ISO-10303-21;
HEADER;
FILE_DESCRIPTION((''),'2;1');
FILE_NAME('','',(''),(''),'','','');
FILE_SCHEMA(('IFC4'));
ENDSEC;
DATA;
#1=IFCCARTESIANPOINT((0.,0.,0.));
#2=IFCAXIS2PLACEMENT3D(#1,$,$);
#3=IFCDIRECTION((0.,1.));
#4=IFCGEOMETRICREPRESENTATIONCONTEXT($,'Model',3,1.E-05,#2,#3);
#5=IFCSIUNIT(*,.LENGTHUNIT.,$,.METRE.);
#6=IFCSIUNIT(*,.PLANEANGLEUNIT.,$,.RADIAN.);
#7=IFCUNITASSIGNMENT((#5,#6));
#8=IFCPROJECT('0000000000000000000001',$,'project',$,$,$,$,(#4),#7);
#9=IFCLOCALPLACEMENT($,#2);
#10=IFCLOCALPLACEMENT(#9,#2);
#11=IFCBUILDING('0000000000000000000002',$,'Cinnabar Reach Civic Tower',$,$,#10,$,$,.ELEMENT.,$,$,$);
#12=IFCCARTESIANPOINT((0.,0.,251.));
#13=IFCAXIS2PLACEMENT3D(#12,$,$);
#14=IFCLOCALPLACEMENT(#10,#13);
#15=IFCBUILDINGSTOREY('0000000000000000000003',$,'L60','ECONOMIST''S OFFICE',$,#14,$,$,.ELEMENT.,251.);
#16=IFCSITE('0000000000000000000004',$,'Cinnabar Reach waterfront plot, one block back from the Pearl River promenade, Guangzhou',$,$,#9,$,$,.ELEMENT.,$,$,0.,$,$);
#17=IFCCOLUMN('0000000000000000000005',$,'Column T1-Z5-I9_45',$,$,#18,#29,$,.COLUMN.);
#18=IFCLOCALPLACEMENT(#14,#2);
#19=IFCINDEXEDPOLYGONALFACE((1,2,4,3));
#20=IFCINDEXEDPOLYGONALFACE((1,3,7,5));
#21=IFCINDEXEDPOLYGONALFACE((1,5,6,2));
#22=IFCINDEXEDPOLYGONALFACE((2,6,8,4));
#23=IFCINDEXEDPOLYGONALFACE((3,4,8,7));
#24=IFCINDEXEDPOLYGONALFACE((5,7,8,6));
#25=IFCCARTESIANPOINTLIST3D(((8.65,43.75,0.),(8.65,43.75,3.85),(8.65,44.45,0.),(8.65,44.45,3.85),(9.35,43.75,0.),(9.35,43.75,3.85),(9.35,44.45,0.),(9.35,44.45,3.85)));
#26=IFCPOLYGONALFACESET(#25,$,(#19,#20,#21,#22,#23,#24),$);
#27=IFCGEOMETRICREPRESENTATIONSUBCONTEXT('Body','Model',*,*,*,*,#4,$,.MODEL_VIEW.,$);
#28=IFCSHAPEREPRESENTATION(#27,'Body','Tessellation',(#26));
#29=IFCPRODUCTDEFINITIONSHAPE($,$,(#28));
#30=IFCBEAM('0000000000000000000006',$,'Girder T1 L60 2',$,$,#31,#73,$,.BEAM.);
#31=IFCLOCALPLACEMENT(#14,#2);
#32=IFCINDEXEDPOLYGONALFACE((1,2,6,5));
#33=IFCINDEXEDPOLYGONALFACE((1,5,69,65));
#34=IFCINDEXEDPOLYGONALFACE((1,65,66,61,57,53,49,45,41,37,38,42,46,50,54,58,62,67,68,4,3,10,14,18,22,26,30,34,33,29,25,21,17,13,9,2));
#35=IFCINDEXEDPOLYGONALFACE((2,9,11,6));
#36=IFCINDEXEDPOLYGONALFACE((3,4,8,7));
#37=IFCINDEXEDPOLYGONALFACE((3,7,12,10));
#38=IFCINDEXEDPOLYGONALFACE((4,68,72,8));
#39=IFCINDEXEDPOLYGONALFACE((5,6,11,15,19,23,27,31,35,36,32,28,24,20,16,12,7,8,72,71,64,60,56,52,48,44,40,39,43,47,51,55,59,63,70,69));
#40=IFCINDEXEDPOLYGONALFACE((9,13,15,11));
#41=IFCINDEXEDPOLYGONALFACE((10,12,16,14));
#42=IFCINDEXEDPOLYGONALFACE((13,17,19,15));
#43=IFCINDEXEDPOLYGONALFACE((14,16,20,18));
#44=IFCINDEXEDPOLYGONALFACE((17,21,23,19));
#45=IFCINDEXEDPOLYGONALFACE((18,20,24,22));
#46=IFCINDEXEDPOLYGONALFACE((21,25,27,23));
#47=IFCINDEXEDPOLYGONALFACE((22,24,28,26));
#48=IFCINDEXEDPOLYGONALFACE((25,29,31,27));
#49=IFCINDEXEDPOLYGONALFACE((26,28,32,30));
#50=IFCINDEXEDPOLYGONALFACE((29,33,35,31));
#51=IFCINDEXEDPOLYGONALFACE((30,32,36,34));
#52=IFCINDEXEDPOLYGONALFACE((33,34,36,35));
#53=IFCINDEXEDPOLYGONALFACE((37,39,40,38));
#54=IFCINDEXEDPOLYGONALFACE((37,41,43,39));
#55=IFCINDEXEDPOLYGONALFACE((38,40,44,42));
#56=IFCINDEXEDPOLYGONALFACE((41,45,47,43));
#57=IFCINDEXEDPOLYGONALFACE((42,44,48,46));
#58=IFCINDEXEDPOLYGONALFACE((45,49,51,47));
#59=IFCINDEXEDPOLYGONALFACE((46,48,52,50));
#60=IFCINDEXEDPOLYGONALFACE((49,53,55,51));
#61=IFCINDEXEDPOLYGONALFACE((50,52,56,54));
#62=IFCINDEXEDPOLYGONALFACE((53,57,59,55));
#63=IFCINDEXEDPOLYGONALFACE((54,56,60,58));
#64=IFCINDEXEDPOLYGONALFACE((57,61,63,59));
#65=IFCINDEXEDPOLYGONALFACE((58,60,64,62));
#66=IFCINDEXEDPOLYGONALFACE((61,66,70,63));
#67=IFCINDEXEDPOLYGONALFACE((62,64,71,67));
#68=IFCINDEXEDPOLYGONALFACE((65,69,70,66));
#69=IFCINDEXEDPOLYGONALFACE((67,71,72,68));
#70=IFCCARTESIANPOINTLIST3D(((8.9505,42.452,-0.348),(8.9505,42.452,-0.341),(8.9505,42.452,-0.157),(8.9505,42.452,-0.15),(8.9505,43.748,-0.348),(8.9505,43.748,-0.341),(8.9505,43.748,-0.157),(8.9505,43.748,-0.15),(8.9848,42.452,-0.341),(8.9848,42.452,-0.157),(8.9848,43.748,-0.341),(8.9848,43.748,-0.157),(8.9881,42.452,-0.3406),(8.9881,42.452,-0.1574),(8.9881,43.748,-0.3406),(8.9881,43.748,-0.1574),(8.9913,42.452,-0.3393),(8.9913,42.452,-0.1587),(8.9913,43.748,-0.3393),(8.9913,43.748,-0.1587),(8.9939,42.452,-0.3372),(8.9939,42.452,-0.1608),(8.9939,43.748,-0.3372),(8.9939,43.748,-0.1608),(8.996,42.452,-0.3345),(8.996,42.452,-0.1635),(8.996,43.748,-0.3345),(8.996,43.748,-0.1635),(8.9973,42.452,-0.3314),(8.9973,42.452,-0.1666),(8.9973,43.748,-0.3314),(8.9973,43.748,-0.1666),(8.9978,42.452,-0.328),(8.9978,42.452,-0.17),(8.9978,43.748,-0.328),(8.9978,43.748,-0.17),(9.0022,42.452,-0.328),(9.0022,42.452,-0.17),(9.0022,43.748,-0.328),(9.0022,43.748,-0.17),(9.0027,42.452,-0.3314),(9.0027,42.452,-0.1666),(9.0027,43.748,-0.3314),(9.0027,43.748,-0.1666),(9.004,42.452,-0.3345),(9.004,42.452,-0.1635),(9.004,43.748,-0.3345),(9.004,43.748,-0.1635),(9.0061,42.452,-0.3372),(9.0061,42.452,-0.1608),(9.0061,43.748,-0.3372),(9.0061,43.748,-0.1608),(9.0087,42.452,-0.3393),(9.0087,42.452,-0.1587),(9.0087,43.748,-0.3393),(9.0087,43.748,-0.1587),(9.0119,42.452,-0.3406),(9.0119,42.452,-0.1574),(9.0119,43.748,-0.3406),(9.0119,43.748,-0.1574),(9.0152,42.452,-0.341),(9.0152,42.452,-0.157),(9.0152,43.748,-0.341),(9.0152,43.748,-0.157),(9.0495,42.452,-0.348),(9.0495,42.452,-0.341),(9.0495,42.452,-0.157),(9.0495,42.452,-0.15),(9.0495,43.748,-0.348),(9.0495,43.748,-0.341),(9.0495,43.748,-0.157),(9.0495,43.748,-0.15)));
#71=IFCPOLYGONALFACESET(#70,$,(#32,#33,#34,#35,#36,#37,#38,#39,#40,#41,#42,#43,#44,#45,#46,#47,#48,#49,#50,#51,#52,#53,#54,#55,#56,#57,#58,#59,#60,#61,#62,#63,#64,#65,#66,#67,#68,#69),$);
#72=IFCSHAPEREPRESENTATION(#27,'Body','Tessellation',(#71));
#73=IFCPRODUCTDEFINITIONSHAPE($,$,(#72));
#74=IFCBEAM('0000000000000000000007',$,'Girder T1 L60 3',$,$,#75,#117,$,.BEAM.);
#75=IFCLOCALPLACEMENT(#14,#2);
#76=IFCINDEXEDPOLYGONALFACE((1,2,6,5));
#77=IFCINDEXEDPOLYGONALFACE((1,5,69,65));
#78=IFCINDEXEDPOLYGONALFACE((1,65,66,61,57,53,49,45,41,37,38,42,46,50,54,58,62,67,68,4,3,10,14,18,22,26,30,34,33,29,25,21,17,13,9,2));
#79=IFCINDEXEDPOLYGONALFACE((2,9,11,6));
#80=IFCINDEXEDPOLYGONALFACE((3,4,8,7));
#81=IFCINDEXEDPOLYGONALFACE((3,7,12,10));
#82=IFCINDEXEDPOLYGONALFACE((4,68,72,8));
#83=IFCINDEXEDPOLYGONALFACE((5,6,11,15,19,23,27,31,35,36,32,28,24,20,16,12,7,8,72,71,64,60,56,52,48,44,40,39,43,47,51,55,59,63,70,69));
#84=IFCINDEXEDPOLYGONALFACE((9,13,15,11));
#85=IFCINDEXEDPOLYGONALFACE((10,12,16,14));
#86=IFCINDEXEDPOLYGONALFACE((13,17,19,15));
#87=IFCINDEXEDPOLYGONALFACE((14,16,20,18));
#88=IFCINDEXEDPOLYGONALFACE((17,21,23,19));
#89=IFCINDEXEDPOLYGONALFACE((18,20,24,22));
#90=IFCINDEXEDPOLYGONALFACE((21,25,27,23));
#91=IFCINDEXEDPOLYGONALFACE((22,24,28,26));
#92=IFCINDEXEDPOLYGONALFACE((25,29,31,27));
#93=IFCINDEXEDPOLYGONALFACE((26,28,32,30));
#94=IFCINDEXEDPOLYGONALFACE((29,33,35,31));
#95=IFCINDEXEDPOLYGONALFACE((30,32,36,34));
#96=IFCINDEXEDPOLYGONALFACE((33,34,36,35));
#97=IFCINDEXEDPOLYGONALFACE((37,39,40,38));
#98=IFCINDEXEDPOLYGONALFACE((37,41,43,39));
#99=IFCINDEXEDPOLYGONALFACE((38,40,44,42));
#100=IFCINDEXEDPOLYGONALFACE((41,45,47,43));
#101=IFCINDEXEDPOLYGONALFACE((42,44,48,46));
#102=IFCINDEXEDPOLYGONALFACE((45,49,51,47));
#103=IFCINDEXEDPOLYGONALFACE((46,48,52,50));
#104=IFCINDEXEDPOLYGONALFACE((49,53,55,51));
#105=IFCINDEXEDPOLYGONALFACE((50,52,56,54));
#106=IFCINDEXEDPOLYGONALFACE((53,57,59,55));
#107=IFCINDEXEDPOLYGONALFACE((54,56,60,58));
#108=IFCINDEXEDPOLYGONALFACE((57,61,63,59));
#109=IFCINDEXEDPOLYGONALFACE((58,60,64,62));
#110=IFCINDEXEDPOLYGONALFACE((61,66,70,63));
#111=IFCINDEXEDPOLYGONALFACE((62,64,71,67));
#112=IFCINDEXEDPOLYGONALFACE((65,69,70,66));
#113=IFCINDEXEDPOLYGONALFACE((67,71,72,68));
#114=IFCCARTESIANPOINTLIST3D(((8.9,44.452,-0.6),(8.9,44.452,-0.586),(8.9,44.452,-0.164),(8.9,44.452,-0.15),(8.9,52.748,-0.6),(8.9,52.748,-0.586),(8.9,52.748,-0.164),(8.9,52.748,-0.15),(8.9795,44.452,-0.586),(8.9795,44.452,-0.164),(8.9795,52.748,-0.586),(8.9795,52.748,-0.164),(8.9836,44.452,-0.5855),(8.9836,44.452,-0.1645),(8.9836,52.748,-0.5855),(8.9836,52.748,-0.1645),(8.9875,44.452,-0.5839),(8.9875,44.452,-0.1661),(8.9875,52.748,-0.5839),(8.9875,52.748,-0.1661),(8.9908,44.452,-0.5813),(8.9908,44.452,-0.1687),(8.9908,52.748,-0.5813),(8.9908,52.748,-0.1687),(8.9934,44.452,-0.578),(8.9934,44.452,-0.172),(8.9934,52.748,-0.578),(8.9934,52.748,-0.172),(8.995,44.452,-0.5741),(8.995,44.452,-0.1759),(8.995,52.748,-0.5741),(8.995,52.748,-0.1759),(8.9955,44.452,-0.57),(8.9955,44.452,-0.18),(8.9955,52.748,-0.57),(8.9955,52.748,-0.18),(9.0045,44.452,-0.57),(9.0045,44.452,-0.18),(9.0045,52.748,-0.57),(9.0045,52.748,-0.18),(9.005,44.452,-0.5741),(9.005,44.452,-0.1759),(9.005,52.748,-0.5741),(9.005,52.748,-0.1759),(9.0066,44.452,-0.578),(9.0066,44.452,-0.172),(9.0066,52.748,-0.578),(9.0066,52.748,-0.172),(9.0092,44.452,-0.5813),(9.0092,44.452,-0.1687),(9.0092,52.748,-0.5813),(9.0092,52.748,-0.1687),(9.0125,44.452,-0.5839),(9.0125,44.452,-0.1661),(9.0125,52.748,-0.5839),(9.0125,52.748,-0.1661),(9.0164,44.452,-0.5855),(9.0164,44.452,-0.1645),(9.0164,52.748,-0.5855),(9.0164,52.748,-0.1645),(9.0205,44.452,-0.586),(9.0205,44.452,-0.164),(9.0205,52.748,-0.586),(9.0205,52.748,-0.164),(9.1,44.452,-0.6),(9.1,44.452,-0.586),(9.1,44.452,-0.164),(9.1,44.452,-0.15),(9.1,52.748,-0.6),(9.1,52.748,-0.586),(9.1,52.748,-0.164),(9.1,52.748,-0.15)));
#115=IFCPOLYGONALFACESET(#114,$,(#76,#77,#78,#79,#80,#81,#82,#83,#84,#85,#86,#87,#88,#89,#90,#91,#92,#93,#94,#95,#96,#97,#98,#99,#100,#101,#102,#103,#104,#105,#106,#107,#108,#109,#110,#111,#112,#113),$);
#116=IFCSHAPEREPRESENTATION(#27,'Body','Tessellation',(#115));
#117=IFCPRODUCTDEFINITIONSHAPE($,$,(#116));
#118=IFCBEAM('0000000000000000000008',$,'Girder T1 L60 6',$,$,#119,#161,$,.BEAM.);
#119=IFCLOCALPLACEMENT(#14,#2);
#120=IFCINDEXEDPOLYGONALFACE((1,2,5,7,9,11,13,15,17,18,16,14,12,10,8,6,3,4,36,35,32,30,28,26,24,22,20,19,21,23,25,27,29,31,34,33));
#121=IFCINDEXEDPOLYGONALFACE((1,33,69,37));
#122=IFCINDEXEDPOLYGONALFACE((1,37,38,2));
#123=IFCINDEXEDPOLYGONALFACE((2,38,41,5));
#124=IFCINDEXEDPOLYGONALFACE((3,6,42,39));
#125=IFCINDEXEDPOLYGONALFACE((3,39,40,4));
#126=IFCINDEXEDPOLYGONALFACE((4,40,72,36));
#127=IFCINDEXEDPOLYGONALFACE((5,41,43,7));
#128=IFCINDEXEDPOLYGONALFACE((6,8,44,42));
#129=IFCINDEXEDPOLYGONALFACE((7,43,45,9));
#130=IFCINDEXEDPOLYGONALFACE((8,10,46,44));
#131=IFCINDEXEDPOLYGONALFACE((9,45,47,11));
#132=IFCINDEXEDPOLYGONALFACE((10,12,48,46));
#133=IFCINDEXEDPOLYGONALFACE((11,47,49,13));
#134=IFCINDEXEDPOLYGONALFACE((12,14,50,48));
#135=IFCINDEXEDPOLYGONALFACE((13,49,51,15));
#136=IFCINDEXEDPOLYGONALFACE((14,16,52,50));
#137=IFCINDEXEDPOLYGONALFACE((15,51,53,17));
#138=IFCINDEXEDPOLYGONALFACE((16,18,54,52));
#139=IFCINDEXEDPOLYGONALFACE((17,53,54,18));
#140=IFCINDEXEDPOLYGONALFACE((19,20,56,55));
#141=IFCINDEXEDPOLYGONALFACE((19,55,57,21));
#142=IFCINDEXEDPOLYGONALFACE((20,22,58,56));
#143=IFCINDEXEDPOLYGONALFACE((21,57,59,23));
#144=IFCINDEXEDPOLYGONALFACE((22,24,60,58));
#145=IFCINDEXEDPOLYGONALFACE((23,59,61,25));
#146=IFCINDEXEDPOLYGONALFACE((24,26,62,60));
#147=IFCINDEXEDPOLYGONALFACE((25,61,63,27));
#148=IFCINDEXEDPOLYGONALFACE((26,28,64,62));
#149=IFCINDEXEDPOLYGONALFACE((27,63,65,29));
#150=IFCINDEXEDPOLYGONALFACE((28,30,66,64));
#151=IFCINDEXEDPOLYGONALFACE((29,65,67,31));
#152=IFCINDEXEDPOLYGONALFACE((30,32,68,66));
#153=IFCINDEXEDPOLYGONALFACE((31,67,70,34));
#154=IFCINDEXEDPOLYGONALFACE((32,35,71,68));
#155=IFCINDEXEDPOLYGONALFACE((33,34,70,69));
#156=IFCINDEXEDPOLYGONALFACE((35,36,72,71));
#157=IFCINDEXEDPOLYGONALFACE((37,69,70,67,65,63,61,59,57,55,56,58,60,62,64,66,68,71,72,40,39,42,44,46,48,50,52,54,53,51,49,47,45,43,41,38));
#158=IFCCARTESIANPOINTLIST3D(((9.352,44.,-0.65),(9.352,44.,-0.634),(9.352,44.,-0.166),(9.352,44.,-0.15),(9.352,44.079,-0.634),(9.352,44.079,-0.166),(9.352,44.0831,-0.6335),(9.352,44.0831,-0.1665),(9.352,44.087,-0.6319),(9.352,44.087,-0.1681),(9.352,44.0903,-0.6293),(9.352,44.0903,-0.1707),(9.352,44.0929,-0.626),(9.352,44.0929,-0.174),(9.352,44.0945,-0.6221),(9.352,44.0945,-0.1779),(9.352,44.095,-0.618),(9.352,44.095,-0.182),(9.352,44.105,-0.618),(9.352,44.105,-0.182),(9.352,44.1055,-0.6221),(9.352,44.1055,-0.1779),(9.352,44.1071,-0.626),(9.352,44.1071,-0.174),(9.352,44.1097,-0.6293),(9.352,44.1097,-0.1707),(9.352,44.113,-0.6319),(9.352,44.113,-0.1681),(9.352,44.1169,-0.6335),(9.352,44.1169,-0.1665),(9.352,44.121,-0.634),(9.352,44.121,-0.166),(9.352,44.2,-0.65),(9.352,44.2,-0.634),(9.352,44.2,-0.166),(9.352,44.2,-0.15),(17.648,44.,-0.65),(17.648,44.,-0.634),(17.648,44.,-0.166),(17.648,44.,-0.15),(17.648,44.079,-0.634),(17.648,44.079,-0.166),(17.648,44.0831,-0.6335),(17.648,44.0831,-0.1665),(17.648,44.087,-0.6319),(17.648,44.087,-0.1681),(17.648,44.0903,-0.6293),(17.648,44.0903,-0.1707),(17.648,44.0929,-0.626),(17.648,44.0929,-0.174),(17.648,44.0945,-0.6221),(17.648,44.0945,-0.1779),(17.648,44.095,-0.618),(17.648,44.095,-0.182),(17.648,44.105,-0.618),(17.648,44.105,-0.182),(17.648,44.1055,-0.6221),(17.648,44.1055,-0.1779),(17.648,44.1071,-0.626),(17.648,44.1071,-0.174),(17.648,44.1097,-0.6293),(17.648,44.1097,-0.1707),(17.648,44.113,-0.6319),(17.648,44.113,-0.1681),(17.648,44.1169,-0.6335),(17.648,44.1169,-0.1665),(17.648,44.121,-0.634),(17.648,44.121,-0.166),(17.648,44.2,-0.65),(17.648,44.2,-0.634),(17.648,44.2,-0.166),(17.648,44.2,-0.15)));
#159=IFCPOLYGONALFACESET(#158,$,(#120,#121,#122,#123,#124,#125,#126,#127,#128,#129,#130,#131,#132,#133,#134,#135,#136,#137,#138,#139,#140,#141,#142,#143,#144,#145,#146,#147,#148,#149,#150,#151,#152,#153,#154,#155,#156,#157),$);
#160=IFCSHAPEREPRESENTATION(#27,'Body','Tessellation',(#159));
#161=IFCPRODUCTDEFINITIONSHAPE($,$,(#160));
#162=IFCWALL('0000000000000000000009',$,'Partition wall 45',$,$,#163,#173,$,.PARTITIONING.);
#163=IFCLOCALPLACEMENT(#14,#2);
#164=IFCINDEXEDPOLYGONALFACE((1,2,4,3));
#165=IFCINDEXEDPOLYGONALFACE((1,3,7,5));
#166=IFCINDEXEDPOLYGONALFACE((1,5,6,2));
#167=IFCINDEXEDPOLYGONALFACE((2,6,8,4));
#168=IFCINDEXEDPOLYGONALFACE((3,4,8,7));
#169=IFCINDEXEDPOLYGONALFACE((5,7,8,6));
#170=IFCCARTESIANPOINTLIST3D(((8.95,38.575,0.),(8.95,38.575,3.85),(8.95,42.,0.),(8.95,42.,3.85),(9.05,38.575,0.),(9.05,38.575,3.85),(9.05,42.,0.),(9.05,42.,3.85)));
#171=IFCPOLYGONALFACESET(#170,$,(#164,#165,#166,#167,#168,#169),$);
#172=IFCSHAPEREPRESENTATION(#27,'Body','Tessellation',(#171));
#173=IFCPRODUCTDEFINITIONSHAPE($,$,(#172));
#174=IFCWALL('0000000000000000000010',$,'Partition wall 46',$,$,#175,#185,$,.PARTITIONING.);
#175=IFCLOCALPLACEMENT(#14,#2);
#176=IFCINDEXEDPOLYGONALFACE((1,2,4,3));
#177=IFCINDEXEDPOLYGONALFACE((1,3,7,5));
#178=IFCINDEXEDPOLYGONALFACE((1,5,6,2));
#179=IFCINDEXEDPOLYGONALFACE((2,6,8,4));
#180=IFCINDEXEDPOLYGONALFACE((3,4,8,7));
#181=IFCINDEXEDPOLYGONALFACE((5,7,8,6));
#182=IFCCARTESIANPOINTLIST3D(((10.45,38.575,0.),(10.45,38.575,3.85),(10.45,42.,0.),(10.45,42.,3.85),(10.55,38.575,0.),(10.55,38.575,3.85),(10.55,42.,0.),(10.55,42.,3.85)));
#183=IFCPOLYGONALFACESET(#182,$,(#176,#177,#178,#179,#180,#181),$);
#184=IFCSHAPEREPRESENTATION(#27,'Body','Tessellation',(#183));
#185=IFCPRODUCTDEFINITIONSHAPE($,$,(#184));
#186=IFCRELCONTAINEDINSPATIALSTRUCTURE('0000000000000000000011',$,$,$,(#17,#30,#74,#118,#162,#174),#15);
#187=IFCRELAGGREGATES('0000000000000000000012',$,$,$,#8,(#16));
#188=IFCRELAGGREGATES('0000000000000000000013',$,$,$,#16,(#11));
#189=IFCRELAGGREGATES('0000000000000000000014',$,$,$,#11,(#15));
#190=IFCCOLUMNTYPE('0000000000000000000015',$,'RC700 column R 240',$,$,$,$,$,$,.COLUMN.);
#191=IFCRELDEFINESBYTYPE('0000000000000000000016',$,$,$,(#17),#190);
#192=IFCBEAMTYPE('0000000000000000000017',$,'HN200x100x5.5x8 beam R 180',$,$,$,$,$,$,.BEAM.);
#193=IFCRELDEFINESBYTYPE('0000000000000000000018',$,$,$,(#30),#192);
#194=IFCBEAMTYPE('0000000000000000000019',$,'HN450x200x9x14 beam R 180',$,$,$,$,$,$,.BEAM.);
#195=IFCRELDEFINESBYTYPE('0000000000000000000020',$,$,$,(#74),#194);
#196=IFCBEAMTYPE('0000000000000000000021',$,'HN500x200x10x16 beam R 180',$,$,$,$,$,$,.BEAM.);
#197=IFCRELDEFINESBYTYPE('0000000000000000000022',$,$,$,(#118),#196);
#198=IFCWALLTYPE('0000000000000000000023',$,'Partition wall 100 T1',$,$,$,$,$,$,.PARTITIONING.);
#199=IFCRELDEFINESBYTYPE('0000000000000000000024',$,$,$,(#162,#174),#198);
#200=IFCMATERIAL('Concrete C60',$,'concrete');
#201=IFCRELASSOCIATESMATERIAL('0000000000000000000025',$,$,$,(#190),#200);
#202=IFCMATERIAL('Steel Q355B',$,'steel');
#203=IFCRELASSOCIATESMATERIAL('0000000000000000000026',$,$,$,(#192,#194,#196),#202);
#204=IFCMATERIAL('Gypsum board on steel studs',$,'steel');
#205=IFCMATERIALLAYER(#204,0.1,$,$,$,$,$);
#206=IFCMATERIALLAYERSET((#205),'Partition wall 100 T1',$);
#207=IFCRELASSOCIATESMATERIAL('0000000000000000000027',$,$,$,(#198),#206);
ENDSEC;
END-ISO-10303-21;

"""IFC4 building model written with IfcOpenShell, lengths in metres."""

from ifc_helpers import new_model, si_unit, direction, frame, frame_2d, origin, origin_2d, place, context, subcontext, project, spatial, rectangle, i_section, extrude, material, layer, layer_set, material_profile, profile_set, type_object, element, save


model = new_model("IFC4")

# Units and contexts
model_context = context("Model", 3, precision=1e-05, world=origin(), true_north=direction((0.0, 1.0)))
body_context = subcontext(model_context, "Body", "Model", "MODEL_VIEW")
ifc_project = project(units=[si_unit("LENGTHUNIT", "METRE"), si_unit("PLANEANGLEUNIT", "RADIAN")], contexts=[model_context])

# Site, building, storey
site_placement = place(None, origin())
site = spatial("IfcSite", under=ifc_project, at=site_placement, Name="Cinnabar Reach waterfront plot, one block back from the Pearl River promenade, Guangzhou", CompositionType="ELEMENT", RefElevation=0.0)
building_placement = place(site_placement, origin())
building = spatial("IfcBuilding", under=site, at=building_placement, Name="Cinnabar Reach Civic Tower", CompositionType="ELEMENT")
storey_placement = place(building_placement, frame((0.0, 0.0, 251.0)))
storey = spatial("IfcBuildingStorey", under=building, at=storey_placement, Name="L60", Description="ECONOMIST'S OFFICE", CompositionType="ELEMENT", Elevation=251.0)

# Column
ifc_material_1 = material(Name="Concrete C60", Category="concrete")
ifc_material_profile_1 = material_profile(ifc_material_1, rectangle(XDim=0.7, YDim=0.7, at=origin_2d()), Name="RC700")
ifc_profile_set_1 = profile_set([ifc_material_profile_1], Name="Concrete C60")
column_type = type_object("IfcColumnType", Name="RC700 column R 240", PredefinedType="COLUMN", material=ifc_profile_set_1)
column_placement = place(storey_placement, frame((9.0, 44.1, 0.0), z_axis=(0.0, 0.0, 1.0), x_axis=(1.0, 0.0, 0.0)))
element("IfcColumn", 1, at=column_placement, inside=storey, type_object=column_type, Name="Column T1-Z5-I9_45", PredefinedType="COLUMN", context=body_context, shape_type="SweptSolid", body=[
    extrude(rectangle(XDim=0.7, YDim=0.7, at=origin_2d()), origin(), (0.0, 0.0, 1.0), 3.85),
])

# Beams
ifc_material_2 = material(Name="Steel Q355B", Category="steel")
ifc_material_profile_2 = material_profile(ifc_material_2, i_section(OverallWidth=0.099, OverallDepth=0.198, WebThickness=0.0045, FlangeThickness=0.007, FilletRadius=0.013, at=origin_2d()), Name="HN200x100x5.5x8")
ifc_profile_set_2 = profile_set([ifc_material_profile_2], Name="Steel Q355B")
beam_type_1 = type_object("IfcBeamType", Name="HN200x100x5.5x8 beam R 180", PredefinedType="BEAM", material=ifc_profile_set_2)
beam_1_placement = place(storey_placement, frame((9.0, 42.452, -0.249), z_axis=(0.0, 1.0, 0.0), x_axis=(-1.0, 0.0, 0.0)))
element("IfcBeam", 2, at=beam_1_placement, inside=storey, type_object=beam_type_1, Name="Girder T1 L60 2", PredefinedType="BEAM", context=body_context, shape_type="SweptSolid", body=[
    extrude(i_section(OverallWidth=0.099, OverallDepth=0.198, WebThickness=0.0045, FlangeThickness=0.007, FilletRadius=0.013, at=origin_2d()), origin(), (0.0, 0.0, 1.0), 1.296),
])
ifc_material_profile_3 = material_profile(ifc_material_2, i_section(OverallWidth=0.2, OverallDepth=0.45, WebThickness=0.009, FlangeThickness=0.014, FilletRadius=0.016, at=origin_2d()), Name="HN450x200x9x14")
ifc_profile_set_3 = profile_set([ifc_material_profile_3], Name="Steel Q355B")
beam_type_2 = type_object("IfcBeamType", Name="HN450x200x9x14 beam R 180", PredefinedType="BEAM", material=ifc_profile_set_3)
beam_2_placement = place(storey_placement, frame((9.0, 44.452, -0.375), z_axis=(0.0, 1.0, 0.0), x_axis=(-1.0, 0.0, 0.0)))
element("IfcBeam", 3, at=beam_2_placement, inside=storey, type_object=beam_type_2, Name="Girder T1 L60 3", PredefinedType="BEAM", context=body_context, shape_type="SweptSolid", body=[
    extrude(i_section(OverallWidth=0.2, OverallDepth=0.45, WebThickness=0.009, FlangeThickness=0.014, FilletRadius=0.016, at=origin_2d()), origin(), (0.0, 0.0, 1.0), 8.296),
])
ifc_material_profile_4 = material_profile(ifc_material_2, i_section(OverallWidth=0.2, OverallDepth=0.5, WebThickness=0.01, FlangeThickness=0.016, FilletRadius=0.016, at=origin_2d()), Name="HN500x200x10x16")
ifc_profile_set_4 = profile_set([ifc_material_profile_4], Name="Steel Q355B")
beam_type_3 = type_object("IfcBeamType", Name="HN500x200x10x16 beam R 180", PredefinedType="BEAM", material=ifc_profile_set_4)
beam_3_placement = place(storey_placement, frame((9.352, 44.1, -0.4), z_axis=(1.0, 0.0, 0.0), x_axis=(0.0, 1.0, 0.0)))
element("IfcBeam", 4, at=beam_3_placement, inside=storey, type_object=beam_type_3, Name="Girder T1 L60 6", PredefinedType="BEAM", context=body_context, shape_type="SweptSolid", body=[
    extrude(i_section(OverallWidth=0.2, OverallDepth=0.5, WebThickness=0.01, FlangeThickness=0.016, FilletRadius=0.016, at=origin_2d()), origin(), (0.0, 0.0, 1.0), 8.296),
])

# Walls
ifc_material_3 = material(Name="Gypsum board on steel studs", Category="steel")
ifc_layer_1 = layer(ifc_material_3, 0.1)
ifc_layer_set_1 = layer_set([ifc_layer_1], Name="Partition wall 100 T1")
wall_type_1 = type_object("IfcWallType", Name="Partition wall 100 T1", PredefinedType="PARTITIONING", material=ifc_layer_set_1)
for number, where, z_axis, x_axis, name in (
    (5, (9.0, 38.575, 0.0), (0.0, 0.0, 1.0), (0.0, 1.0, 0.0), "Partition wall 45"),
    (6, (10.5, 38.575, 0.0), (0.0, 0.0, 1.0), (0.0, 1.0, 0.0), "Partition wall 46"),
):
    element("IfcWall", number, at=place(storey_placement, frame(where, z_axis=z_axis, x_axis=x_axis)), inside=storey, type_object=wall_type_1, Name=name, PredefinedType="PARTITIONING", context=body_context, shape_type="SweptSolid", body=[
        extrude(rectangle(XDim=3.425, YDim=0.1, at=frame_2d((1.7125, 0.0))), origin(), (0.0, 0.0, 1.0), 3.85),
    ])

save(model, "model.ifc")
